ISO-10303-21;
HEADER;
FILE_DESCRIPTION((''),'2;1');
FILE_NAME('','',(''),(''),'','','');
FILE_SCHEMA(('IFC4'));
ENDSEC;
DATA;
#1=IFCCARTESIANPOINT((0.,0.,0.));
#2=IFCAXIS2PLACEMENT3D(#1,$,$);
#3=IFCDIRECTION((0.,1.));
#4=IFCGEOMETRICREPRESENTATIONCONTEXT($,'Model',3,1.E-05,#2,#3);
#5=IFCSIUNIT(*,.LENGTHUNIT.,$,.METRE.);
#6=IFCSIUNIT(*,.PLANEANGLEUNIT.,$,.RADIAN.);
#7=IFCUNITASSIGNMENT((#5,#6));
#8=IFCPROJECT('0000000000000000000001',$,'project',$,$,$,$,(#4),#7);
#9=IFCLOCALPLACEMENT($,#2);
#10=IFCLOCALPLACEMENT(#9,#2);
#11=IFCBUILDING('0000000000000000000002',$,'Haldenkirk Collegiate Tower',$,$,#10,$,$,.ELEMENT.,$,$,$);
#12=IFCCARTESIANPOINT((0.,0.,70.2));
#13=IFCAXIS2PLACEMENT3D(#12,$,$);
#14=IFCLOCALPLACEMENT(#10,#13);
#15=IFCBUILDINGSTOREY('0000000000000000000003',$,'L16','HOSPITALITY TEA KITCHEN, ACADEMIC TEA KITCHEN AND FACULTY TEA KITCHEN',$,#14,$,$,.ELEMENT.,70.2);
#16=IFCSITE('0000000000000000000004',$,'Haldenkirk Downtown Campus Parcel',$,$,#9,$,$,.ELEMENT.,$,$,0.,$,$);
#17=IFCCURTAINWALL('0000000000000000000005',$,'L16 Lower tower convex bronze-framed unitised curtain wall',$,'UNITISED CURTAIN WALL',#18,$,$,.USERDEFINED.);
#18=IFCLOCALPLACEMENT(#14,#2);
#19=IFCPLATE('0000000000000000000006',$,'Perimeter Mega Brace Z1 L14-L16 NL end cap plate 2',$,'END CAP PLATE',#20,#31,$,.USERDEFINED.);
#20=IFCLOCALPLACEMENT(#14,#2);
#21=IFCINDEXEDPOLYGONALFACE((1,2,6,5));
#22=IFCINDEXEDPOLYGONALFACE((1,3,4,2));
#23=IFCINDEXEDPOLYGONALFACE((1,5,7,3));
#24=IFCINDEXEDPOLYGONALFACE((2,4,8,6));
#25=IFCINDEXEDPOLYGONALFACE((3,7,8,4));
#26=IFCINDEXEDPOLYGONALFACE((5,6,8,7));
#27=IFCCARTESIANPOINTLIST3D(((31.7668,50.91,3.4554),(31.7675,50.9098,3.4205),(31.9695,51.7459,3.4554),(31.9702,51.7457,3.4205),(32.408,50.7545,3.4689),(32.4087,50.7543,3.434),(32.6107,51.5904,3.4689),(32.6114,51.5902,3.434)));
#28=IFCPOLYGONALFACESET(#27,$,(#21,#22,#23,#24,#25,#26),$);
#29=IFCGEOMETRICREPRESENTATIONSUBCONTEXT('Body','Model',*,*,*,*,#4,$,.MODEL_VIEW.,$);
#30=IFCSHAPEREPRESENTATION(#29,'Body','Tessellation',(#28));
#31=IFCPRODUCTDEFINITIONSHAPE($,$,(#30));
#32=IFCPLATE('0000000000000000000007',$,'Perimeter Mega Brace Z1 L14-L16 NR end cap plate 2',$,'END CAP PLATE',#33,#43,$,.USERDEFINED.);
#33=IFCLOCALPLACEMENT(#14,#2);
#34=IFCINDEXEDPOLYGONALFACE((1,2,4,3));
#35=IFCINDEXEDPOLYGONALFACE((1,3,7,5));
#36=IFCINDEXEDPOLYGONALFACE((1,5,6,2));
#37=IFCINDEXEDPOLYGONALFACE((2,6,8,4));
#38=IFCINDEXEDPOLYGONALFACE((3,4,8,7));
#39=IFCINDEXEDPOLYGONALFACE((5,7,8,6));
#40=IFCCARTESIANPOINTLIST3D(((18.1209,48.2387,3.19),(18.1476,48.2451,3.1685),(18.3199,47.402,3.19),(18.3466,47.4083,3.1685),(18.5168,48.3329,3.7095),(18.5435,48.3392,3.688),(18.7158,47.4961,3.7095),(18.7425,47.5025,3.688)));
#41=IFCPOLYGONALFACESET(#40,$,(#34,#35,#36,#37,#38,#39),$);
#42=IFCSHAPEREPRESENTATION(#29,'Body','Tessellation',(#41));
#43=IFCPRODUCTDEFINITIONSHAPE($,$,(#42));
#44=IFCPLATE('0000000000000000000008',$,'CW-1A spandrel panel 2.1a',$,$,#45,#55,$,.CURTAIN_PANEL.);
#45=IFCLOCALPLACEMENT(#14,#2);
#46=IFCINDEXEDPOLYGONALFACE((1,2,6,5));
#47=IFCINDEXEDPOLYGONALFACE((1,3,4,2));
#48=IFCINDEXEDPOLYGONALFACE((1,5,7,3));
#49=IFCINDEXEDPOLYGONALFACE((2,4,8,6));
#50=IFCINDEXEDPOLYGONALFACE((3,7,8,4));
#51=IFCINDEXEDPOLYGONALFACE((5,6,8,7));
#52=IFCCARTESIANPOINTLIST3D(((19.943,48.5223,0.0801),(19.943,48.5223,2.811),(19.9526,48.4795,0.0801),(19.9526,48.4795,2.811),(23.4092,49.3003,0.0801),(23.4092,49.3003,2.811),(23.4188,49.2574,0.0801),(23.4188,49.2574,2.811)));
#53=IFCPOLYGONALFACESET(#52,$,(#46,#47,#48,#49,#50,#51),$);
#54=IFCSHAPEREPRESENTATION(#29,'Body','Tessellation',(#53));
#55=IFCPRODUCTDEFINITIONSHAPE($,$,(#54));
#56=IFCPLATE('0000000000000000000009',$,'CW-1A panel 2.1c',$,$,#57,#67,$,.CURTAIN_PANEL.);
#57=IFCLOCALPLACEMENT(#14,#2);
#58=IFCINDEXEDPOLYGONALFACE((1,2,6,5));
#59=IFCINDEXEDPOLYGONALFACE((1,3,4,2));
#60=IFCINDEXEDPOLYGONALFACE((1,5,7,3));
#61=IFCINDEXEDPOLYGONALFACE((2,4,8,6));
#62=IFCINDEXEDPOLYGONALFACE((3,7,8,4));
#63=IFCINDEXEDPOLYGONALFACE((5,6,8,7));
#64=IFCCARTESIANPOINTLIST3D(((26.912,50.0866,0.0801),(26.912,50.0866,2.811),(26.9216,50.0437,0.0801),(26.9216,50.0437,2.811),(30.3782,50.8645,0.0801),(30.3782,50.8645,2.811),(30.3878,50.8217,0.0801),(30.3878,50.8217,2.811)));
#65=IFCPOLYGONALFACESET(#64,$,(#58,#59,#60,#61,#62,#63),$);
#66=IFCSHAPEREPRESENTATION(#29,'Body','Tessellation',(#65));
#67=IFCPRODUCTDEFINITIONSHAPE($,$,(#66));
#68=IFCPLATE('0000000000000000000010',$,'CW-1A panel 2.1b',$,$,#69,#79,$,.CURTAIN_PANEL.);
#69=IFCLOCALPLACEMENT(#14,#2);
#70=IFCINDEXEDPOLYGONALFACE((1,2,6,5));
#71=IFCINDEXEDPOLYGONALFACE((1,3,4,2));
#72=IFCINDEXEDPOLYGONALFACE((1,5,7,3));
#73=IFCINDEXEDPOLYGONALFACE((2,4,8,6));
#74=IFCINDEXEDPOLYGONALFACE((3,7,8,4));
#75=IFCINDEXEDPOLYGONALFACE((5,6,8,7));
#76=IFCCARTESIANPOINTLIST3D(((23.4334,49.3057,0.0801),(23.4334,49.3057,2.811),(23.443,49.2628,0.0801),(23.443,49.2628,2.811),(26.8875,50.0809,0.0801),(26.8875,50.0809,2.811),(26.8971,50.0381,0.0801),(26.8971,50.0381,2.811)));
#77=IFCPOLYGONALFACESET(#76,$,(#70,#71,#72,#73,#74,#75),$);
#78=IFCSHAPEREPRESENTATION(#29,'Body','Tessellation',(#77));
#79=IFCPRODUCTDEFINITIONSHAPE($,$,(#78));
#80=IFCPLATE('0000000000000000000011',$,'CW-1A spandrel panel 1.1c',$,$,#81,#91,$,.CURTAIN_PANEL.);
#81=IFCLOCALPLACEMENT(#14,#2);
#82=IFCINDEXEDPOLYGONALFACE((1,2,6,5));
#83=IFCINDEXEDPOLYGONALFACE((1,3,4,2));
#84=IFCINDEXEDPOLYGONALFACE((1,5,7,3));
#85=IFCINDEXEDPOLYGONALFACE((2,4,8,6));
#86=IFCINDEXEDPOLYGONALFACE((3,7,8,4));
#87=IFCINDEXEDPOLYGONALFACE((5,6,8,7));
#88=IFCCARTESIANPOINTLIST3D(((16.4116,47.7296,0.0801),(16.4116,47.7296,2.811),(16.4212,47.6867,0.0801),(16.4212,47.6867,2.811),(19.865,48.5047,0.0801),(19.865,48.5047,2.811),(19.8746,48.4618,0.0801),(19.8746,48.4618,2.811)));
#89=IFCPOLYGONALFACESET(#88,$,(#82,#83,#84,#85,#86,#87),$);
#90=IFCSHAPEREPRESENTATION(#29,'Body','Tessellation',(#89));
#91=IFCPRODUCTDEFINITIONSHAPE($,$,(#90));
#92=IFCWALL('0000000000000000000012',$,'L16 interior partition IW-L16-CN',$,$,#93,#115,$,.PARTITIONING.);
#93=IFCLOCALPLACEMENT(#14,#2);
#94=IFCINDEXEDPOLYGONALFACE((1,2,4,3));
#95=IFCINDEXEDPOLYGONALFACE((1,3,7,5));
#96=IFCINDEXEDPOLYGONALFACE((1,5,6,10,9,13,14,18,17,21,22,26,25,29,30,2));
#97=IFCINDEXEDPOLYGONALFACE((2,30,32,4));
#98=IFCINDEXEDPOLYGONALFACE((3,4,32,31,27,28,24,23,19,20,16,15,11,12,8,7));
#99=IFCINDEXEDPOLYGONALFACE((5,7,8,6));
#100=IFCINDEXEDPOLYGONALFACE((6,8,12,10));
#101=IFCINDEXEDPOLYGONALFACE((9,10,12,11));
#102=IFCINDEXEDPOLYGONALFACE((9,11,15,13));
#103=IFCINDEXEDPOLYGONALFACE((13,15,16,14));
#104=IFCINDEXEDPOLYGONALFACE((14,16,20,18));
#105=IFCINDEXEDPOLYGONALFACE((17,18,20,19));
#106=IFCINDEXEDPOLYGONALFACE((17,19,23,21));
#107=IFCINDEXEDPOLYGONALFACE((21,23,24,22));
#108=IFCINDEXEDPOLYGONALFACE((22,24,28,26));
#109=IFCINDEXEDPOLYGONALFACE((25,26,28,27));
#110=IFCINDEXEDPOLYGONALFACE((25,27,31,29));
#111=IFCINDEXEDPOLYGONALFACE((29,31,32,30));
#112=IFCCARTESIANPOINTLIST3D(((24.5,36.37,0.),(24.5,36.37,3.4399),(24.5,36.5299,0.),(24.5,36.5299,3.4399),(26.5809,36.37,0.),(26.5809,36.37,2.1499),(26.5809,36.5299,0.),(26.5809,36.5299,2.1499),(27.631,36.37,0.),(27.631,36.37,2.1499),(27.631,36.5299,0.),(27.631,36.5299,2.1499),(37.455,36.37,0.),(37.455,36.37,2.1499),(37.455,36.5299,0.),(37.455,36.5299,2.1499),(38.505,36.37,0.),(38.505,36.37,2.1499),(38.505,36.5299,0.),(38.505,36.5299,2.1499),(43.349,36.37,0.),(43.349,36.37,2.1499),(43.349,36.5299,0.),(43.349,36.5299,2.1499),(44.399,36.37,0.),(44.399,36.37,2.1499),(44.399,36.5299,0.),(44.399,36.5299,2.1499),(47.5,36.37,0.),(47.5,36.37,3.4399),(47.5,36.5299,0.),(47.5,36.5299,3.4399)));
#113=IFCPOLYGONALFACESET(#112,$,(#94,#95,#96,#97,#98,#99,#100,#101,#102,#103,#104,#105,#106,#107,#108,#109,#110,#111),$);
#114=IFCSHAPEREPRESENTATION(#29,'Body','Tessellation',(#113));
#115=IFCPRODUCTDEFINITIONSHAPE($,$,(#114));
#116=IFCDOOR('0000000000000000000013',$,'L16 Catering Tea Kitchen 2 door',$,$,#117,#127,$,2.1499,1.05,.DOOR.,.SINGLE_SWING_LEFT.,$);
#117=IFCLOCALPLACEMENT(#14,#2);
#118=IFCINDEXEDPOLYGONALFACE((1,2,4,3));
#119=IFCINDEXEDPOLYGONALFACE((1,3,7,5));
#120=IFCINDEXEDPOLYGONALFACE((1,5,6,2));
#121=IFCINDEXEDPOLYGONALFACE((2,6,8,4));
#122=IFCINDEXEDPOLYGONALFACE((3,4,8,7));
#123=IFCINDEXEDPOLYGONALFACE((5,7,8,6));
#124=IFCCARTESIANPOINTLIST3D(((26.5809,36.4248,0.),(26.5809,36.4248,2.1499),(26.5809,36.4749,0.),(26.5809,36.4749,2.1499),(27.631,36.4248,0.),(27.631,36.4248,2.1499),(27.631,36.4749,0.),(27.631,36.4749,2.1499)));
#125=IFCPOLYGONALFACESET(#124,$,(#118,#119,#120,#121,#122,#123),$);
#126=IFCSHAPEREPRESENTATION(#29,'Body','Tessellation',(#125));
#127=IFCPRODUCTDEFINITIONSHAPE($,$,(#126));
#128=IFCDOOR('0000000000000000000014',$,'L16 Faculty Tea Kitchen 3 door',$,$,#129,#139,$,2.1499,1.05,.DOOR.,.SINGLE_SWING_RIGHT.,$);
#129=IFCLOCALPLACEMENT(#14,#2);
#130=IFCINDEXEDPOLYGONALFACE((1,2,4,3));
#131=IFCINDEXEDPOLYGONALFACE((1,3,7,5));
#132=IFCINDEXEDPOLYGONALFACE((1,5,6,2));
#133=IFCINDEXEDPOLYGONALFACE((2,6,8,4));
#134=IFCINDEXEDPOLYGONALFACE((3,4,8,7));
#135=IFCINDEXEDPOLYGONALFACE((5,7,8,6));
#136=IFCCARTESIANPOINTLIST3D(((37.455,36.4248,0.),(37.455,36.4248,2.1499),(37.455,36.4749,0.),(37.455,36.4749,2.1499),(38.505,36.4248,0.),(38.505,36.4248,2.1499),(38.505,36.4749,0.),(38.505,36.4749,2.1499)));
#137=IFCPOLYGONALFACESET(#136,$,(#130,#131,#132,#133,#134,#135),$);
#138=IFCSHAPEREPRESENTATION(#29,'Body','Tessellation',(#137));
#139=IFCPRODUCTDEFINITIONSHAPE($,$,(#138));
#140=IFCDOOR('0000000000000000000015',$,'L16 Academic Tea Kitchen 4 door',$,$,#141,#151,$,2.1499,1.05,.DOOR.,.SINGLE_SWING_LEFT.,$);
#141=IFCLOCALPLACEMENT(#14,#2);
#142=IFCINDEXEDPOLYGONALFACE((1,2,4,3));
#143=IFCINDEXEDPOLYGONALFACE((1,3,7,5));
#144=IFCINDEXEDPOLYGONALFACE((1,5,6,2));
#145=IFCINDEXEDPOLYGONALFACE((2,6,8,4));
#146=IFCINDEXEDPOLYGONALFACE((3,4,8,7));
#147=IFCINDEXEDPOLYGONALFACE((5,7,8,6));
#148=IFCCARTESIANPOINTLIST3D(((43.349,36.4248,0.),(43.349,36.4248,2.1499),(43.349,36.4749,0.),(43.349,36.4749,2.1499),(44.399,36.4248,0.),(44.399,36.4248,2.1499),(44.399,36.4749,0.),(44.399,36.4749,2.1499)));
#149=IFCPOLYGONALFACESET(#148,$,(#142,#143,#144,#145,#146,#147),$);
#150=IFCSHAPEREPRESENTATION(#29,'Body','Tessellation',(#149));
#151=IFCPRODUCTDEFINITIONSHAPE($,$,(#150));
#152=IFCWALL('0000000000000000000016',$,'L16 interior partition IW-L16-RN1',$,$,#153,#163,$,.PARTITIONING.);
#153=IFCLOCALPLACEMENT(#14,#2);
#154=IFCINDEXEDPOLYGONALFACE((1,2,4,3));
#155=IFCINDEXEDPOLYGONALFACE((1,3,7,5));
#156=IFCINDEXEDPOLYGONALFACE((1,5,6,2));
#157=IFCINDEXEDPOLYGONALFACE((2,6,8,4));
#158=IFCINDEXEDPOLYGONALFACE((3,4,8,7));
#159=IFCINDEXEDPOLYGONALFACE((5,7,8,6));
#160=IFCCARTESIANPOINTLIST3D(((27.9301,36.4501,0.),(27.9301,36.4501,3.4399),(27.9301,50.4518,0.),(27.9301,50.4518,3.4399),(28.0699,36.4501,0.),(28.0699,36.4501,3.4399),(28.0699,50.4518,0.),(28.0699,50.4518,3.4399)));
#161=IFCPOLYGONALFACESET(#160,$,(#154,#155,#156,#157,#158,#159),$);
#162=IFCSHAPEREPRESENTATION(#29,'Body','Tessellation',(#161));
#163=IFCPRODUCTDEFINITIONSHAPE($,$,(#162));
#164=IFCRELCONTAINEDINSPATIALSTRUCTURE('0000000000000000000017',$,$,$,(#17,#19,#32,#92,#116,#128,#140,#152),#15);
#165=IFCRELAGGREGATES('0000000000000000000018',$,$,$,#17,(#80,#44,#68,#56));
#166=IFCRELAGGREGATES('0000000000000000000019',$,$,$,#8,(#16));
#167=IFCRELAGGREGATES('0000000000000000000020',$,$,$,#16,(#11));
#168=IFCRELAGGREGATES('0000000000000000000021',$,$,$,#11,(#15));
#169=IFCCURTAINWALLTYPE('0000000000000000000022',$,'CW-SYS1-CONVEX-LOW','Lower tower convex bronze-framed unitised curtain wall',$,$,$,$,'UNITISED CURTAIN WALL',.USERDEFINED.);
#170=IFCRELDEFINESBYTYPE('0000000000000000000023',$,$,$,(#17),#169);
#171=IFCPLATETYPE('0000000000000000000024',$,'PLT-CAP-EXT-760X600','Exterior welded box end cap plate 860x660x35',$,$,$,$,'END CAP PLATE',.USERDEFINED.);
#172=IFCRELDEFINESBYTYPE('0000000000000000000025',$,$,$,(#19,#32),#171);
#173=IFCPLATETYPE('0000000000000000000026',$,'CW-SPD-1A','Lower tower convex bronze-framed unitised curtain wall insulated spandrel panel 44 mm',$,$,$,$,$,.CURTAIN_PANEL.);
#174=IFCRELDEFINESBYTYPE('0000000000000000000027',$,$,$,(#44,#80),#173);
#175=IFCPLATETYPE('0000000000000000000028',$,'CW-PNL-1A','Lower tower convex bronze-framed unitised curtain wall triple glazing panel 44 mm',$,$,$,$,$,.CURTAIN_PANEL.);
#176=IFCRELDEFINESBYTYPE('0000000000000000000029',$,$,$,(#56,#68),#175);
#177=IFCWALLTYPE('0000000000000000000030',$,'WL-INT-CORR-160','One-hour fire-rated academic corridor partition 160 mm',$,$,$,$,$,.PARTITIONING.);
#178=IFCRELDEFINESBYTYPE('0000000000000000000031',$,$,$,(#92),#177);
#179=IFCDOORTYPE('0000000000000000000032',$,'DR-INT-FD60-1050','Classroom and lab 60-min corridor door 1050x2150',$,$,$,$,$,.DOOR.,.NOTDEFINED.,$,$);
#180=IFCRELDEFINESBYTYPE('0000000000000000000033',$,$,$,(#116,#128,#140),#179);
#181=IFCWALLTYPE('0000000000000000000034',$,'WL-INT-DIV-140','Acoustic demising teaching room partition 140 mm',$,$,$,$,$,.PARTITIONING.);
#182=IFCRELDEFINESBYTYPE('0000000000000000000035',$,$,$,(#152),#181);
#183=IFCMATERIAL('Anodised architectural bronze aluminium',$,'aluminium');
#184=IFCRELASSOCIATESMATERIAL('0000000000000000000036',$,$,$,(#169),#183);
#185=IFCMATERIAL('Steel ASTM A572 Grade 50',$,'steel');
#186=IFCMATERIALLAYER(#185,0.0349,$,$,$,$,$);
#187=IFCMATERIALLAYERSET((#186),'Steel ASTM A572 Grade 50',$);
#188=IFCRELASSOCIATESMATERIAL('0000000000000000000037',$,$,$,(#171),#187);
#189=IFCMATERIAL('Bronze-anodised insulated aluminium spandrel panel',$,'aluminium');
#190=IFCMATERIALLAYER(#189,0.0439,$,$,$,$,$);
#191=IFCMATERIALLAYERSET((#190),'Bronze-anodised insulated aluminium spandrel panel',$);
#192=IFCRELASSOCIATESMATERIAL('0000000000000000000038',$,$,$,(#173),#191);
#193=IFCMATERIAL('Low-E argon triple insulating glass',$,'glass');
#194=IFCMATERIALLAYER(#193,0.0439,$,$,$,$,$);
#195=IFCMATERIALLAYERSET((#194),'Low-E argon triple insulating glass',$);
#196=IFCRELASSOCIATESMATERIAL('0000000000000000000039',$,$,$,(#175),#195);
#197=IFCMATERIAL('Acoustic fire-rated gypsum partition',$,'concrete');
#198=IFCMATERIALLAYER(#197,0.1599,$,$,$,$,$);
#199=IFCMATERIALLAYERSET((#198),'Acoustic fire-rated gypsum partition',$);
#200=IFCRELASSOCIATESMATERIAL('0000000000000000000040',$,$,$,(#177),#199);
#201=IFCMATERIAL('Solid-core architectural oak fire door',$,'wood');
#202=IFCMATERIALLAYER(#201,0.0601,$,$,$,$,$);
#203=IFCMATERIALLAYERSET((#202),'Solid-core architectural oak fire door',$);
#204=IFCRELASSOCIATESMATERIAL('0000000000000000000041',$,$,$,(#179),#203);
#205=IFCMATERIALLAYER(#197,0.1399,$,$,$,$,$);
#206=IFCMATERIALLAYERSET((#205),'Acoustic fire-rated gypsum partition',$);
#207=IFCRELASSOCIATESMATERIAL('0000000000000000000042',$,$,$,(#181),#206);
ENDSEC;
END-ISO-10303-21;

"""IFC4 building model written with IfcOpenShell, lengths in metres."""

from ifc_helpers import new_model, si_unit, direction, frame, frame_2d, origin, origin_2d, place, context, subcontext, project, spatial, rectangle, extrude, source, transform, mapped, material, layer, layer_set, type_object, element, fill, aggregate, save


model = new_model("IFC4")

# Units and contexts
model_context = context("Model", 3, precision=1e-05, world=origin(), true_north=direction((0.0, 1.0)))
body_context = subcontext(model_context, "Body", "Model", "MODEL_VIEW")
ifc_project = project(units=[si_unit("LENGTHUNIT", "METRE"), si_unit("PLANEANGLEUNIT", "RADIAN")], contexts=[model_context])

# Site, building, storey
site_placement = place(None, origin())
site = spatial("IfcSite", under=ifc_project, at=site_placement, Name="Haldenkirk Downtown Campus Parcel", CompositionType="ELEMENT", RefElevation=0.0)
building_placement = place(site_placement, origin())
building = spatial("IfcBuilding", under=site, at=building_placement, Name="Haldenkirk Collegiate Tower", CompositionType="ELEMENT")
storey_placement = place(building_placement, frame((0.0, 0.0, 70.2)))
storey = spatial("IfcBuildingStorey", under=building, at=storey_placement, Name="L16", Description="HOSPITALITY TEA KITCHEN, ACADEMIC TEA KITCHEN AND FACULTY TEA KITCHEN", CompositionType="ELEMENT", Elevation=70.2)

# Curtain wall
ifc_material_1 = material(Name="Anodised architectural bronze aluminium", Category="aluminium")
curtain_wall_type = type_object("IfcCurtainWallType", Name="CW-SYS1-CONVEX-LOW", Description="Lower tower convex bronze-framed unitised curtain wall", ElementType="UNITISED CURTAIN WALL", PredefinedType="USERDEFINED", material=ifc_material_1)
curtain_wall_placement = place(storey_placement, origin())
curtain_wall = element("IfcCurtainWall", 1, at=curtain_wall_placement, inside=storey, type_object=curtain_wall_type, Name="L16 Lower tower convex bronze-framed unitised curtain wall", ObjectType="UNITISED CURTAIN WALL", PredefinedType="USERDEFINED")

# Plates
ifc_material_2 = material(Name="Steel ASTM A572 Grade 50", Category="steel")
ifc_layer_1 = layer(ifc_material_2, 0.0349)
ifc_layer_set_1 = layer_set([ifc_layer_1], Name="Steel ASTM A572 Grade 50")
plate_type_1 = type_object("IfcPlateType", Name="PLT-CAP-EXT-760X600", Description="Exterior welded box end cap plate 860x660x35", ElementType="END CAP PLATE", PredefinedType="USERDEFINED", material=ifc_layer_set_1)
shared_shape_1 = source(origin(), body_context, "Body", "SweptSolid", [
    extrude(rectangle(XDim=0.8601, YDim=0.6599, at=origin_2d()), origin(), (0.0, 0.0, 1.0), 0.0349),
])
for number, where, z_axis, x_axis, name in (
    (2, (32.1895, 51.25, 3.4272), (-0.019898, 0.004826, 0.99979), (-0.235687, -0.971829, 0.0), "Perimeter Mega Brace Z1 L14-L16 NL end cap plate 2"),
    (3, (18.4451, 47.8738, 3.4282), (-0.76584, -0.182122, 0.616702), (0.231355, -0.972869, 0.0), "Perimeter Mega Brace Z1 L14-L16 NR end cap plate 2"),
):
    element("IfcPlate", number, at=place(storey_placement, frame(where, z_axis=z_axis, x_axis=x_axis)), inside=storey, type_object=plate_type_1, Name=name, ObjectType="END CAP PLATE", PredefinedType="USERDEFINED", context=body_context, shape_type="MappedRepresentation", body=[
        mapped(shared_shape_1, transform((0.0, 0.0, 0.0), x_axis=(1.0, 0.0, 0.0), y_axis=(0.0, 1.0, 0.0), z_axis=(0.0, 0.0, 1.0), scale=1.0)),
    ])

# Plates
ifc_material_3 = material(Name="Bronze-anodised insulated aluminium spandrel panel", Category="aluminium")
ifc_layer_2 = layer(ifc_material_3, 0.0439)
ifc_layer_set_2 = layer_set([ifc_layer_2], Name="Bronze-anodised insulated aluminium spandrel panel")
plate_type_2 = type_object("IfcPlateType", Name="CW-SPD-1A", Description="Lower tower convex bronze-framed unitised curtain wall insulated spandrel panel 44 mm", PredefinedType="CURTAIN_PANEL", material=ifc_layer_set_2)
shared_shape_2 = source(origin(), body_context, "Body", "SweptSolid", [
    extrude(rectangle(XDim=3.5525, YDim=0.0439, at=origin_2d()), origin(), (0.0, 0.0, 1.0), 2.731),
])
plate_1_placement = place(storey_placement, frame((21.6809, 48.8899, 0.0801), z_axis=(0.0, 0.0, 1.0), x_axis=(0.975726, 0.218996, 0.0)))
plate_1 = element("IfcPlate", 4, at=plate_1_placement, type_object=plate_type_2, Name="CW-1A spandrel panel 2.1a", PredefinedType="CURTAIN_PANEL", context=body_context, shape_type="MappedRepresentation", body=[
    mapped(shared_shape_2, transform((0.0, 0.0, 0.0), x_axis=(1.0, 0.0, 0.0), y_axis=(0.0, 1.0, 0.0), z_axis=(0.0, 0.0, 1.0), scale=1.0)),
])
ifc_material_4 = material(Name="Low-E argon triple insulating glass", Category="glass")
ifc_layer_3 = layer(ifc_material_4, 0.0439)
ifc_layer_set_3 = layer_set([ifc_layer_3], Name="Low-E argon triple insulating glass")
plate_type_3 = type_object("IfcPlateType", Name="CW-PNL-1A", Description="Lower tower convex bronze-framed unitised curtain wall triple glazing panel 44 mm", PredefinedType="CURTAIN_PANEL", material=ifc_layer_set_3)
plate_2_placement = place(storey_placement, frame((28.6499, 50.4541, 0.0801), z_axis=(0.0, 0.0, 1.0), x_axis=(0.975726, 0.218996, 0.0)))
plate_2 = element("IfcPlate", 5, at=plate_2_placement, type_object=plate_type_3, Name="CW-1A panel 2.1c", PredefinedType="CURTAIN_PANEL", context=body_context, shape_type="MappedRepresentation", body=[
    mapped(shared_shape_2, transform((0.0, 0.0, 0.0), x_axis=(1.0, 0.0, 0.0), y_axis=(0.0, 1.0, 0.0), z_axis=(0.0, 0.0, 1.0), scale=1.0)),
])
shared_shape_3 = source(origin(), body_context, "Body", "SweptSolid", [
    extrude(rectangle(XDim=3.54, YDim=0.0439, at=origin_2d()), origin(), (0.0, 0.0, 1.0), 2.731),
])
plate_3_placement = place(storey_placement, frame((25.1653, 49.6719, 0.0801), z_axis=(0.0, 0.0, 1.0), x_axis=(0.975726, 0.218996, 0.0)))
plate_3 = element("IfcPlate", 6, at=plate_3_placement, type_object=plate_type_3, Name="CW-1A panel 2.1b", PredefinedType="CURTAIN_PANEL", context=body_context, shape_type="MappedRepresentation", body=[
    mapped(shared_shape_3, transform((0.0, 0.0, 0.0), x_axis=(1.0, 0.0, 0.0), y_axis=(0.0, 1.0, 0.0), z_axis=(0.0, 0.0, 1.0), scale=1.0)),
])
shared_shape_4 = source(origin(), body_context, "Body", "SweptSolid", [
    extrude(rectangle(XDim=3.5393, YDim=0.0439, at=origin_2d()), origin(), (0.0, 0.0, 1.0), 2.731),
])
plate_4_placement = place(storey_placement, frame((18.1431, 48.0957, 0.0801), z_axis=(0.0, 0.0, 1.0), x_axis=(0.975726, 0.218996, 0.0)))
plate_4 = element("IfcPlate", 7, at=plate_4_placement, type_object=plate_type_2, Name="CW-1A spandrel panel 1.1c", PredefinedType="CURTAIN_PANEL", context=body_context, shape_type="MappedRepresentation", body=[
    mapped(shared_shape_4, transform((0.0, 0.0, 0.0), x_axis=(1.0, 0.0, 0.0), y_axis=(0.0, 1.0, 0.0), z_axis=(0.0, 0.0, 1.0), scale=1.0)),
])
aggregate(curtain_wall, [plate_4, plate_1, plate_3, plate_2])

# Wall, openings, doors
ifc_material_5 = material(Name="Acoustic fire-rated gypsum partition", Category="concrete")
ifc_layer_4 = layer(ifc_material_5, 0.1599)
ifc_layer_set_4 = layer_set([ifc_layer_4], Name="Acoustic fire-rated gypsum partition")
wall_type_1 = type_object("IfcWallType", Name="WL-INT-CORR-160", Description="One-hour fire-rated academic corridor partition 160 mm", PredefinedType="PARTITIONING", material=ifc_layer_set_4)
wall_1_placement = place(storey_placement, frame((24.5, 36.45, 0.0), z_axis=(0.0, 0.0, 1.0), x_axis=(1.0, 0.0, 0.0)))
wall_1 = element("IfcWall", 8, at=wall_1_placement, inside=storey, type_object=wall_type_1, Name="L16 interior partition IW-L16-CN", PredefinedType="PARTITIONING", context=body_context, shape_type="SweptSolid", body=[
    extrude(rectangle(XDim=23.0, YDim=0.1599, at=frame_2d((11.5, 0.0))), origin(), (0.0, 0.0, 1.0), 3.4399),
])
opening_1_placement = place(wall_1_placement, frame((2.0811, 0.0, 0.0)))
opening_1 = element("IfcOpeningElement", 9, at=opening_1_placement, cuts=wall_1, PredefinedType="OPENING", context=body_context, shape_type="SweptSolid", body=[
    extrude(rectangle(XDim=1.05, YDim=2.1499, at=frame_2d((0.5249, 1.075))), frame((0.0, 0.0898, 0.0), z_axis=(0.0, -1.0, 0.0), x_axis=(1.0, 0.0, 0.0)), (0.0, 0.0, 1.0), 0.1799),
])
opening_2_placement = place(wall_1_placement, frame((12.9551, 0.0, 0.0)))
opening_2 = element("IfcOpeningElement", 10, at=opening_2_placement, cuts=wall_1, PredefinedType="OPENING", context=body_context, shape_type="SweptSolid", body=[
    extrude(rectangle(XDim=1.05, YDim=2.1499, at=frame_2d((0.5249, 1.075))), frame((0.0, 0.0898, 0.0), z_axis=(0.0, -1.0, 0.0), x_axis=(1.0, 0.0, 0.0)), (0.0, 0.0, 1.0), 0.1799),
])
opening_3_placement = place(wall_1_placement, frame((18.8491, 0.0, 0.0)))
opening_3 = element("IfcOpeningElement", 11, at=opening_3_placement, cuts=wall_1, PredefinedType="OPENING", context=body_context, shape_type="SweptSolid", body=[
    extrude(rectangle(XDim=1.05, YDim=2.1499, at=frame_2d((0.5249, 1.075))), frame((0.0, 0.0898, 0.0), z_axis=(0.0, -1.0, 0.0), x_axis=(1.0, 0.0, 0.0)), (0.0, 0.0, 1.0), 0.1799),
])
ifc_material_6 = material(Name="Solid-core architectural oak fire door", Category="wood")
ifc_layer_5 = layer(ifc_material_6, 0.0601)
ifc_layer_set_5 = layer_set([ifc_layer_5], Name="Solid-core architectural oak fire door")
door_type = type_object("IfcDoorType", Name="DR-INT-FD60-1050", Description="Classroom and lab 60-min corridor door 1050x2150", OperationType="NOTDEFINED", PredefinedType="DOOR", material=ifc_layer_set_5)
door_1_placement = place(opening_1_placement, origin())
door_1 = element("IfcDoor", 12, at=door_1_placement, inside=storey, type_object=door_type, Name="L16 Catering Tea Kitchen 2 door", OperationType="SINGLE_SWING_LEFT", OverallHeight=2.1499, OverallWidth=1.05, PredefinedType="DOOR", context=body_context, shape_type="SweptSolid", body=[
    extrude(rectangle(XDim=1.05, YDim=2.1499, at=frame_2d((0.5249, 1.075))), frame((0.0, 0.0249, 0.0), z_axis=(0.0, -1.0, 0.0), x_axis=(1.0, 0.0, 0.0)), (0.0, 0.0, 1.0), 0.05),
])
fill(opening_1, door_1)
door_2_placement = place(opening_2_placement, origin())
door_2 = element("IfcDoor", 13, at=door_2_placement, inside=storey, type_object=door_type, Name="L16 Faculty Tea Kitchen 3 door", OperationType="SINGLE_SWING_RIGHT", OverallHeight=2.1499, OverallWidth=1.05, PredefinedType="DOOR", context=body_context, shape_type="SweptSolid", body=[
    extrude(rectangle(XDim=1.05, YDim=2.1499, at=frame_2d((0.5249, 1.075))), frame((0.0, 0.0249, 0.0), z_axis=(0.0, -1.0, 0.0), x_axis=(1.0, 0.0, 0.0)), (0.0, 0.0, 1.0), 0.05),
])
fill(opening_2, door_2)
door_3_placement = place(opening_3_placement, origin())
door_3 = element("IfcDoor", 14, at=door_3_placement, inside=storey, type_object=door_type, Name="L16 Academic Tea Kitchen 4 door", OperationType="SINGLE_SWING_LEFT", OverallHeight=2.1499, OverallWidth=1.05, PredefinedType="DOOR", context=body_context, shape_type="SweptSolid", body=[
    extrude(rectangle(XDim=1.05, YDim=2.1499, at=frame_2d((0.5249, 1.075))), frame((0.0, 0.0249, 0.0), z_axis=(0.0, -1.0, 0.0), x_axis=(1.0, 0.0, 0.0)), (0.0, 0.0, 1.0), 0.05),
])
fill(opening_3, door_3)

# Wall
ifc_layer_6 = layer(ifc_material_5, 0.1399)
ifc_layer_set_6 = layer_set([ifc_layer_6], Name="Acoustic fire-rated gypsum partition")
wall_type_2 = type_object("IfcWallType", Name="WL-INT-DIV-140", Description="Acoustic demising teaching room partition 140 mm", PredefinedType="PARTITIONING", material=ifc_layer_set_6)
wall_2_placement = place(storey_placement, frame((28.0, 36.45, 0.0), z_axis=(0.0, 0.0, 1.0), x_axis=(0.0, 1.0, 0.0)))
element("IfcWall", 15, at=wall_2_placement, inside=storey, type_object=wall_type_2, Name="L16 interior partition IW-L16-RN1", PredefinedType="PARTITIONING", context=body_context, shape_type="SweptSolid", body=[
    extrude(rectangle(XDim=14.0017, YDim=0.1399, at=frame_2d((7.001, 0.0))), origin(), (0.0, 0.0, 1.0), 3.4399),
])

save(model, "model.ifc")
